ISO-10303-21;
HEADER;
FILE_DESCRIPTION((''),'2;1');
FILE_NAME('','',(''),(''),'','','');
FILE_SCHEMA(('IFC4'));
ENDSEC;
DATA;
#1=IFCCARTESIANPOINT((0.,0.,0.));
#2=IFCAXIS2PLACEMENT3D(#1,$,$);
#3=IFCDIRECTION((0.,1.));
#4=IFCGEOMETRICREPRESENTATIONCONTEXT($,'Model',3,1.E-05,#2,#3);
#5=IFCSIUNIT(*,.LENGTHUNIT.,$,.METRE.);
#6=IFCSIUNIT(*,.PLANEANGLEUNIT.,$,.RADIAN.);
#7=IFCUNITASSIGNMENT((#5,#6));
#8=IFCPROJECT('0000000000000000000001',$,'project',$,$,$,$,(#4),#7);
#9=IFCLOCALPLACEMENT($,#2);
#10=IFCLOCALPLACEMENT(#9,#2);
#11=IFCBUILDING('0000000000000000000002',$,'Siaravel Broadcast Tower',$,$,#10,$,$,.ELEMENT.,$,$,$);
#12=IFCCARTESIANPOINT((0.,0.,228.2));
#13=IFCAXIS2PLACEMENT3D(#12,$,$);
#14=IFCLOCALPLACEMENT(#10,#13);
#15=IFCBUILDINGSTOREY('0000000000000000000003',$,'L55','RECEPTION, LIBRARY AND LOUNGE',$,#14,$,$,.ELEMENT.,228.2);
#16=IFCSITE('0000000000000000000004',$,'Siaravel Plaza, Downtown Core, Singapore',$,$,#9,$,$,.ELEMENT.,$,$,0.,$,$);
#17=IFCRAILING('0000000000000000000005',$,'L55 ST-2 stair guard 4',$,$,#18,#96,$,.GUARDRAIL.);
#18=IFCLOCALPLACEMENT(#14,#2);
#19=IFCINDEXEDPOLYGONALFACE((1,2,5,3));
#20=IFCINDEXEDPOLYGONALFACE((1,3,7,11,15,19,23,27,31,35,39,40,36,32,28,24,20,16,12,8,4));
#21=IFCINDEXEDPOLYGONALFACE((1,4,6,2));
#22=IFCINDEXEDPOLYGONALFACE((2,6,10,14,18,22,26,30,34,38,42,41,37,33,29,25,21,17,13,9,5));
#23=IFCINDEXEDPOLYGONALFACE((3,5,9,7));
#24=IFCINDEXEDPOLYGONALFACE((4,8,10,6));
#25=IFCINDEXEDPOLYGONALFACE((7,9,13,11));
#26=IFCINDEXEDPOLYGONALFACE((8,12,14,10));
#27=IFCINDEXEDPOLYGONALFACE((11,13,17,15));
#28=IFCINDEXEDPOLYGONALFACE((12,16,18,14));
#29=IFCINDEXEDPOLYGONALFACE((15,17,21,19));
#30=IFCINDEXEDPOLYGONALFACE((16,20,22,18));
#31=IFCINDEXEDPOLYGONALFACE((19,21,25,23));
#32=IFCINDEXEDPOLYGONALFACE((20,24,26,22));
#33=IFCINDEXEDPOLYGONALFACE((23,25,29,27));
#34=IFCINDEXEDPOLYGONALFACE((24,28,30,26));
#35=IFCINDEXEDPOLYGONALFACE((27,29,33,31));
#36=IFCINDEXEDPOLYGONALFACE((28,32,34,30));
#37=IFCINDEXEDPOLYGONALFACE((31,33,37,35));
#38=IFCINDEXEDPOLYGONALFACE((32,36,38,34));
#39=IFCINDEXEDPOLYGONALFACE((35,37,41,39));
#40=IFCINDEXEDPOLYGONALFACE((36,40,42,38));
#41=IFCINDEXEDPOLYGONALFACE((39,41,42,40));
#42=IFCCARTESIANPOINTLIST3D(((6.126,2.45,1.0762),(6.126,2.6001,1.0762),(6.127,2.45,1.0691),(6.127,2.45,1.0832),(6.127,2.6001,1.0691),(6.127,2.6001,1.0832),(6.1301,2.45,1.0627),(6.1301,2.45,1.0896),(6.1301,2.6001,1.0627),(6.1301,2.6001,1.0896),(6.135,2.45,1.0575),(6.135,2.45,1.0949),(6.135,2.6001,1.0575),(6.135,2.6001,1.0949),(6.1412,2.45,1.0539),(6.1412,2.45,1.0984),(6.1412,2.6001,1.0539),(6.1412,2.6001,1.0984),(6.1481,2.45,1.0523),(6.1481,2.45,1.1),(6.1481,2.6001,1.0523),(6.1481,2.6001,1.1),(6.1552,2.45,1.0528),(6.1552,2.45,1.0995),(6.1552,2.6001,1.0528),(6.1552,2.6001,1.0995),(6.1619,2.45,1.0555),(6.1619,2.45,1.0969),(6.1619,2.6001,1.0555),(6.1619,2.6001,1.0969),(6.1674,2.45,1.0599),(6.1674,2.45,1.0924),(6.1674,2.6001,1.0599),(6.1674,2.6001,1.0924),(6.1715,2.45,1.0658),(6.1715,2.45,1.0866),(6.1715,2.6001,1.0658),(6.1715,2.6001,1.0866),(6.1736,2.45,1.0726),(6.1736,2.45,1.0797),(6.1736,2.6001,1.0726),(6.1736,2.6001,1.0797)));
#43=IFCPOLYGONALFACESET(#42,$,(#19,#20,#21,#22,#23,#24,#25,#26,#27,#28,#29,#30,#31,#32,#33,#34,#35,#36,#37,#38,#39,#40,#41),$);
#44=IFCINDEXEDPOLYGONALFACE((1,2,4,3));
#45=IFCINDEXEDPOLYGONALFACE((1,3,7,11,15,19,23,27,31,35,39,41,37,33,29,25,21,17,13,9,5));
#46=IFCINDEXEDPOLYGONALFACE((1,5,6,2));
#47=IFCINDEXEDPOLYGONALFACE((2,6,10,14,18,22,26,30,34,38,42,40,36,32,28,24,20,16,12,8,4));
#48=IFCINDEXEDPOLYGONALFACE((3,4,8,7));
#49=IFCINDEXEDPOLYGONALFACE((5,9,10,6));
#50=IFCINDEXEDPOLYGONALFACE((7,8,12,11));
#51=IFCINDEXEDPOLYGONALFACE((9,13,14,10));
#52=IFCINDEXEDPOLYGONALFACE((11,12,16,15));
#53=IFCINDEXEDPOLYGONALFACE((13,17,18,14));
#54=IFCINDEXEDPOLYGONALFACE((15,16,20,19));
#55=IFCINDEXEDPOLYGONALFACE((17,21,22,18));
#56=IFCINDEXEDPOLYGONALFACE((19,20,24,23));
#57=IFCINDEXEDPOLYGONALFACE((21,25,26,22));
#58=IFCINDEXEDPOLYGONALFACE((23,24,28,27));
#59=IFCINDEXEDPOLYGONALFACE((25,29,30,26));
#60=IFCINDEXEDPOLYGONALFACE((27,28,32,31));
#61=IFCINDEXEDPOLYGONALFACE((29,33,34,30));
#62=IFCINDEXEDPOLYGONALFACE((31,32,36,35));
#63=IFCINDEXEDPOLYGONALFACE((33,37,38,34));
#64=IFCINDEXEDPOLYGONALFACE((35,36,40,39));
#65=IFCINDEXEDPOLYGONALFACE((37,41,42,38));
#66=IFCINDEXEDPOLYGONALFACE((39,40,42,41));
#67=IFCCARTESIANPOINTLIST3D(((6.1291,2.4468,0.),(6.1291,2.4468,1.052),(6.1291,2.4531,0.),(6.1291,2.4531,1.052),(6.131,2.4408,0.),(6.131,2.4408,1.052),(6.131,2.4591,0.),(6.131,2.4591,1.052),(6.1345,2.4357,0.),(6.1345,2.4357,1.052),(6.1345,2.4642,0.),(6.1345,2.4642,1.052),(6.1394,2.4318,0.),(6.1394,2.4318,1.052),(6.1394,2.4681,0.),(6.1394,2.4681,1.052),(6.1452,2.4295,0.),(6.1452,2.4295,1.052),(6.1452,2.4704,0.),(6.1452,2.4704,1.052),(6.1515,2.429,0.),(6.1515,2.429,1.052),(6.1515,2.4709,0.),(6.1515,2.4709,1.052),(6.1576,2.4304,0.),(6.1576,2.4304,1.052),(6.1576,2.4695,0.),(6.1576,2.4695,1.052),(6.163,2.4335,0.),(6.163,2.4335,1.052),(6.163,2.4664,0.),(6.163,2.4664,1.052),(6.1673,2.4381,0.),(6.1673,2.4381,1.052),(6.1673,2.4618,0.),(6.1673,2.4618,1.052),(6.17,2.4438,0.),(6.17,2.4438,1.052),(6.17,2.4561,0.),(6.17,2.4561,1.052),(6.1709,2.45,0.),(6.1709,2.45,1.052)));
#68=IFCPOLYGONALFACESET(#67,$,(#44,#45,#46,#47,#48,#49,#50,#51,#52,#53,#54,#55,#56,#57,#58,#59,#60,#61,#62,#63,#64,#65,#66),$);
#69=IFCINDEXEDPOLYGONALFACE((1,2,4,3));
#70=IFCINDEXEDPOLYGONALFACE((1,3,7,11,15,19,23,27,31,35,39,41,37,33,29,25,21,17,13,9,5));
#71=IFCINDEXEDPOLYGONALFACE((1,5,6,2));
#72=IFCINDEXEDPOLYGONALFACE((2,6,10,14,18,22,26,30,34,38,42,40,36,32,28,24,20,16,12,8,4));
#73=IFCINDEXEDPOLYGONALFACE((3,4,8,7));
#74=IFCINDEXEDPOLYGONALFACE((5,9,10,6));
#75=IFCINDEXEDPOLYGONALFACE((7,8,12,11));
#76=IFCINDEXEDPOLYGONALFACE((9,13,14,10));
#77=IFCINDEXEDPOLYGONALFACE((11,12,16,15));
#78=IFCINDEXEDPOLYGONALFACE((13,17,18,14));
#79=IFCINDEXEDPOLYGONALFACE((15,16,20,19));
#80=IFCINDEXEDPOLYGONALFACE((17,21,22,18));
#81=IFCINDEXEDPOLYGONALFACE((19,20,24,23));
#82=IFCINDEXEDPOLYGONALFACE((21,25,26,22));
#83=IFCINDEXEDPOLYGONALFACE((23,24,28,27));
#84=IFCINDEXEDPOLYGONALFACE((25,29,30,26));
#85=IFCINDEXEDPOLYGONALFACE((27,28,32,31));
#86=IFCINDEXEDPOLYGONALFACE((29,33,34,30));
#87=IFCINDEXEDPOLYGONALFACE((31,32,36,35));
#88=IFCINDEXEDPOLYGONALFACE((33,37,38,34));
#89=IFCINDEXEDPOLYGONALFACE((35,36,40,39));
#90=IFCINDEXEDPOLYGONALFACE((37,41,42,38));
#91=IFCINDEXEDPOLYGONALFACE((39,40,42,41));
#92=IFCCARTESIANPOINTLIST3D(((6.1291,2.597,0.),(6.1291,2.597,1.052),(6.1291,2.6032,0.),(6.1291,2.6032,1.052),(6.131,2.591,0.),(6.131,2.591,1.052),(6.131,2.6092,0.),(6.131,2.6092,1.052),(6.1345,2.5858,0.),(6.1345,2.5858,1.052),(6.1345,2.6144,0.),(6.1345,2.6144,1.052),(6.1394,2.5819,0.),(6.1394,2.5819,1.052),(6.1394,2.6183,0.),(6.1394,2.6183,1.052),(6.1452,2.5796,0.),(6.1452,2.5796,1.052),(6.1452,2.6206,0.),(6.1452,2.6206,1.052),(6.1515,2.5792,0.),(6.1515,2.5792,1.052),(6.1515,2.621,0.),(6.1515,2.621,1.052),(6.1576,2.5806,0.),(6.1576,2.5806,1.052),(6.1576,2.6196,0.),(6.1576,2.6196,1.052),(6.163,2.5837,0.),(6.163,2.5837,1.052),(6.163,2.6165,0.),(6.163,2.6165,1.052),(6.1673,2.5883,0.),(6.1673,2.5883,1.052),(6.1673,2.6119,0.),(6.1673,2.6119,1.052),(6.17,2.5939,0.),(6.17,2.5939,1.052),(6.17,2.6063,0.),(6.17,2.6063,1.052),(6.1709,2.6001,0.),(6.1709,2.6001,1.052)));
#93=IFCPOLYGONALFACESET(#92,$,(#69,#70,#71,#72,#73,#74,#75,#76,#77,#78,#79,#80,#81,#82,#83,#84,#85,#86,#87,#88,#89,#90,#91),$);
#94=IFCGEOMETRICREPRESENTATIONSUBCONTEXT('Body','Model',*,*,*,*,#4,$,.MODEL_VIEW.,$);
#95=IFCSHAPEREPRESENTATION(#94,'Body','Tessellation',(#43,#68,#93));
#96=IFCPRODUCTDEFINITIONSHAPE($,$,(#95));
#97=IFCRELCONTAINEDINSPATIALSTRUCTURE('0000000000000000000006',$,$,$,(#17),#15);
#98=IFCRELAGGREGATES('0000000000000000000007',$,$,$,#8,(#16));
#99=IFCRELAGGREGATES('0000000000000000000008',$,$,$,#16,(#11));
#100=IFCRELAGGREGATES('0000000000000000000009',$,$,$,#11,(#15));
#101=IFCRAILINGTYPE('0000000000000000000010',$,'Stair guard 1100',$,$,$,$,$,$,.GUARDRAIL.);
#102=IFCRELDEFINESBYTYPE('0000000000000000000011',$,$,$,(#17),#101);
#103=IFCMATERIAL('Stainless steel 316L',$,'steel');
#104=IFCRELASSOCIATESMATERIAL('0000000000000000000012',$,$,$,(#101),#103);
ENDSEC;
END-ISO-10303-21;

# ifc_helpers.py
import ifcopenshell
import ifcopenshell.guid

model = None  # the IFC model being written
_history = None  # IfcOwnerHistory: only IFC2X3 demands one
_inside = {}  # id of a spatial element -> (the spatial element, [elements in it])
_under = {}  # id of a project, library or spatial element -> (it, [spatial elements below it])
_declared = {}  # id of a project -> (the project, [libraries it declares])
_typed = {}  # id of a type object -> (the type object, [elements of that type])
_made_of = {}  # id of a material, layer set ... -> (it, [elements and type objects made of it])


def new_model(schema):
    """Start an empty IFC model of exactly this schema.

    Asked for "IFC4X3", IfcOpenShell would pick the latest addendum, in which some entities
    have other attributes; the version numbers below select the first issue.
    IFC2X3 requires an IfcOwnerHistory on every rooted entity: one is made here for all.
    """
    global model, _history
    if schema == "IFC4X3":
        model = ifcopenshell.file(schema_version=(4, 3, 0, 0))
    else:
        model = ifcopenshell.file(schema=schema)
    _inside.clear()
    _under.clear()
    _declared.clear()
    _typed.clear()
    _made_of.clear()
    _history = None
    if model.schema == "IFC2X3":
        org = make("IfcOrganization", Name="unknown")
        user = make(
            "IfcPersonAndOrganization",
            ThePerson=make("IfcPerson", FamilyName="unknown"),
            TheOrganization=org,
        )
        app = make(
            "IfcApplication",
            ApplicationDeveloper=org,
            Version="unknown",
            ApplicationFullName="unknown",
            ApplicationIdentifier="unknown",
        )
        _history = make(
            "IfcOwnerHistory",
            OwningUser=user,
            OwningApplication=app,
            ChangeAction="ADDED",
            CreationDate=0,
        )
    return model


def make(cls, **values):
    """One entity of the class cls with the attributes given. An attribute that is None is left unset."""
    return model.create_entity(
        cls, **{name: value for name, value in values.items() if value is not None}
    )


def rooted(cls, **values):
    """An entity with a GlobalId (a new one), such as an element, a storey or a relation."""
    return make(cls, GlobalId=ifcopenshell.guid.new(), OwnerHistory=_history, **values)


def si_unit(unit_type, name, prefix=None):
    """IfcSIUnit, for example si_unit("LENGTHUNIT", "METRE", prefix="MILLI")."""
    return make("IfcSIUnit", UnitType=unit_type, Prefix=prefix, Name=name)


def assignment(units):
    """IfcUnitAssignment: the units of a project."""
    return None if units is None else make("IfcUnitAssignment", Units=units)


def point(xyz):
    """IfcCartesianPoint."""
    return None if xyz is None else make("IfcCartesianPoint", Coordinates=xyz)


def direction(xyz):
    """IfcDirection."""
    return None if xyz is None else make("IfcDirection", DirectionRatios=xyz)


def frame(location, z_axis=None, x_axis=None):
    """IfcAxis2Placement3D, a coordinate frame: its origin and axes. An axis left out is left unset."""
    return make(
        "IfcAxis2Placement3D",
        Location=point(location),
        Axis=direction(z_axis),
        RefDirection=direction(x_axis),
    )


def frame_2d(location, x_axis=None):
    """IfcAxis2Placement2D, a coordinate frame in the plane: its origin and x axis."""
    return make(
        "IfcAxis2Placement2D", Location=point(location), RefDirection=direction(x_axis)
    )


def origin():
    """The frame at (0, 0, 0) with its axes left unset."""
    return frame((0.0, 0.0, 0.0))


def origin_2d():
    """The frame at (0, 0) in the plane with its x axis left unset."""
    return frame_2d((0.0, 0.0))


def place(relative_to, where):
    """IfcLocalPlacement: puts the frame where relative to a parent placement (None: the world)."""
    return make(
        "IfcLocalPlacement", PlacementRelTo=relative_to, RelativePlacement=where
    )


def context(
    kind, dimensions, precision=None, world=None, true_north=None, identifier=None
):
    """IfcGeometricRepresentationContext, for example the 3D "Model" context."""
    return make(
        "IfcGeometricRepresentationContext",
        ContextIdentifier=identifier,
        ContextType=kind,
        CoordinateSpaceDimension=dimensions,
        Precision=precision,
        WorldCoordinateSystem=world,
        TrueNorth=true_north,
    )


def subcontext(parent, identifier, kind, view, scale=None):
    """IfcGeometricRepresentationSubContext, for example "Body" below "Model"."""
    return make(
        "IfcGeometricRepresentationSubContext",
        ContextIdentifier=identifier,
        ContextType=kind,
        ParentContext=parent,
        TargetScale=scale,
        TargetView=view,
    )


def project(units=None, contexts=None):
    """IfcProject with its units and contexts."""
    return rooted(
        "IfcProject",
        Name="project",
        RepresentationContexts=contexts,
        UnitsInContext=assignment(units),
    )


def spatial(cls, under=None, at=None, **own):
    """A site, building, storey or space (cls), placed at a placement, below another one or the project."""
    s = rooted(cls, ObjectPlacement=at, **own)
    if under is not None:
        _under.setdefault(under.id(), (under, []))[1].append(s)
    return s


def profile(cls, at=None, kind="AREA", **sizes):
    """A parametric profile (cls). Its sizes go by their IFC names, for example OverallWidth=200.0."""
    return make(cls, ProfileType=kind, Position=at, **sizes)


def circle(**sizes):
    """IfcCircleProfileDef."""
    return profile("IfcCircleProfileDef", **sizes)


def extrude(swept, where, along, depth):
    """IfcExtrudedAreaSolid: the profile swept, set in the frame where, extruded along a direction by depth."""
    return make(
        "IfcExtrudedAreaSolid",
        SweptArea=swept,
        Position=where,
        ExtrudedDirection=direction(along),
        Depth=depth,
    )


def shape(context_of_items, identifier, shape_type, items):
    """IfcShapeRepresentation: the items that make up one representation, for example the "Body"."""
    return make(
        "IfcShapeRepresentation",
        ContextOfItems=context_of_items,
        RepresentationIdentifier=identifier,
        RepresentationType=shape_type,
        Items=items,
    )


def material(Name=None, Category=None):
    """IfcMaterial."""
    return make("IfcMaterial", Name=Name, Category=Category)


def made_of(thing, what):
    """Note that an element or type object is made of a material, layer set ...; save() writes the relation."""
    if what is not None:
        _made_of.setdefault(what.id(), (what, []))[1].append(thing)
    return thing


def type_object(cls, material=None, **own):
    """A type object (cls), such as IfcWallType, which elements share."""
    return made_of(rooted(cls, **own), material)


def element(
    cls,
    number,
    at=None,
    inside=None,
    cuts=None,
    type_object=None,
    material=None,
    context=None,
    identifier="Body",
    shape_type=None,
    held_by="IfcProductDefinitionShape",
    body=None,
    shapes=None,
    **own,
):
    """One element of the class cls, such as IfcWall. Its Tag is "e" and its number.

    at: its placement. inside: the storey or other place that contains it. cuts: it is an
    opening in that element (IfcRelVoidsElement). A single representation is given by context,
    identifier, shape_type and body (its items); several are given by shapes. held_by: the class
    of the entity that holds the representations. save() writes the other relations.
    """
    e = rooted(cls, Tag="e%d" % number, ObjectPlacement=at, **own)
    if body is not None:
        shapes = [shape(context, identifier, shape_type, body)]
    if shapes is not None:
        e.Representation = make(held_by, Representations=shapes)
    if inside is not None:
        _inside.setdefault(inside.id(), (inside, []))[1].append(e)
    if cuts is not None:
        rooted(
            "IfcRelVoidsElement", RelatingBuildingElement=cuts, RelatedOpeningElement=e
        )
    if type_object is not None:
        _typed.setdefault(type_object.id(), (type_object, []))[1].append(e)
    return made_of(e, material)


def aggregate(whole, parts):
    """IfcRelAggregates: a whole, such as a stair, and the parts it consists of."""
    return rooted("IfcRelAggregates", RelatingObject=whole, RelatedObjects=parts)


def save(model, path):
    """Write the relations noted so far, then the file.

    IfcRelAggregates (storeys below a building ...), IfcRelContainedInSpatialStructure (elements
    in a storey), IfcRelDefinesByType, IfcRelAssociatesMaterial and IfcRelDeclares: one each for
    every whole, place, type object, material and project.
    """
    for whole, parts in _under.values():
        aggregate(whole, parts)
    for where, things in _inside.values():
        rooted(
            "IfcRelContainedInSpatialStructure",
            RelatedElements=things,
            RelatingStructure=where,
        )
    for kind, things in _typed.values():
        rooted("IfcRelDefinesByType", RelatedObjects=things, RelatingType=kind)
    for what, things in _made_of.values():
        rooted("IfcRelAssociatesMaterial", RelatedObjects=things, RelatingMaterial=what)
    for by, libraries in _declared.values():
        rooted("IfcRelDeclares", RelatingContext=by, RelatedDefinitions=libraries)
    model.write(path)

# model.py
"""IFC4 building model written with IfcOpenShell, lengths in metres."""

from ifc_helpers import new_model, si_unit, direction, frame, origin, origin_2d, place, context, subcontext, project, spatial, circle, extrude, material, type_object, element, save


model = new_model("IFC4")

# Units and contexts
model_context = context("Model", 3, precision=1e-05, world=origin(), true_north=direction((0.0, 1.0)))
body_context = subcontext(model_context, "Body", "Model", "MODEL_VIEW")
ifc_project = project(units=[si_unit("LENGTHUNIT", "METRE"), si_unit("PLANEANGLEUNIT", "RADIAN")], contexts=[model_context])

# Site, building, storey
site_placement = place(None, origin())
site = spatial("IfcSite", under=ifc_project, at=site_placement, Name="Siaravel Plaza, Downtown Core, Singapore", CompositionType="ELEMENT", RefElevation=0.0)
building_placement = place(site_placement, origin())
building = spatial("IfcBuilding", under=site, at=building_placement, Name="Siaravel Broadcast Tower", CompositionType="ELEMENT")
storey_placement = place(building_placement, frame((0.0, 0.0, 228.2)))
storey = spatial("IfcBuildingStorey", under=building, at=storey_placement, Name="L55", Description="RECEPTION, LIBRARY AND LOUNGE", CompositionType="ELEMENT", Elevation=228.2)

# Railing
ifc_material_1 = material(Name="Stainless steel 316L", Category="steel")
railing_type_1 = type_object("IfcRailingType", Name="Stair guard 1100", PredefinedType="GUARDRAIL", material=ifc_material_1)
railing_1_placement = place(storey_placement, frame((6.1499, 2.45, 0.0)))
element("IfcRailing", 1, at=railing_1_placement, inside=storey, type_object=railing_type_1, Name="L55 ST-2 stair guard 4", PredefinedType="GUARDRAIL", context=body_context, shape_type="SweptSolid", body=[
    extrude(circle(Radius=0.0239, at=origin_2d()), frame((0.0, 0.0, 1.0762), z_axis=(0.0, 1.0, 0.0), x_axis=(-1.0, 0.0, 0.0)), (0.0, 0.0, 1.0), 0.1501),
    extrude(circle(Radius=0.021, at=origin_2d()), origin(), (0.0, 0.0, 1.0), 1.052),
    extrude(circle(Radius=0.021, at=origin_2d()), frame((0.0, 0.1501, 0.0)), (0.0, 0.0, 1.0), 1.052),
])

save(model, "model.ifc")
